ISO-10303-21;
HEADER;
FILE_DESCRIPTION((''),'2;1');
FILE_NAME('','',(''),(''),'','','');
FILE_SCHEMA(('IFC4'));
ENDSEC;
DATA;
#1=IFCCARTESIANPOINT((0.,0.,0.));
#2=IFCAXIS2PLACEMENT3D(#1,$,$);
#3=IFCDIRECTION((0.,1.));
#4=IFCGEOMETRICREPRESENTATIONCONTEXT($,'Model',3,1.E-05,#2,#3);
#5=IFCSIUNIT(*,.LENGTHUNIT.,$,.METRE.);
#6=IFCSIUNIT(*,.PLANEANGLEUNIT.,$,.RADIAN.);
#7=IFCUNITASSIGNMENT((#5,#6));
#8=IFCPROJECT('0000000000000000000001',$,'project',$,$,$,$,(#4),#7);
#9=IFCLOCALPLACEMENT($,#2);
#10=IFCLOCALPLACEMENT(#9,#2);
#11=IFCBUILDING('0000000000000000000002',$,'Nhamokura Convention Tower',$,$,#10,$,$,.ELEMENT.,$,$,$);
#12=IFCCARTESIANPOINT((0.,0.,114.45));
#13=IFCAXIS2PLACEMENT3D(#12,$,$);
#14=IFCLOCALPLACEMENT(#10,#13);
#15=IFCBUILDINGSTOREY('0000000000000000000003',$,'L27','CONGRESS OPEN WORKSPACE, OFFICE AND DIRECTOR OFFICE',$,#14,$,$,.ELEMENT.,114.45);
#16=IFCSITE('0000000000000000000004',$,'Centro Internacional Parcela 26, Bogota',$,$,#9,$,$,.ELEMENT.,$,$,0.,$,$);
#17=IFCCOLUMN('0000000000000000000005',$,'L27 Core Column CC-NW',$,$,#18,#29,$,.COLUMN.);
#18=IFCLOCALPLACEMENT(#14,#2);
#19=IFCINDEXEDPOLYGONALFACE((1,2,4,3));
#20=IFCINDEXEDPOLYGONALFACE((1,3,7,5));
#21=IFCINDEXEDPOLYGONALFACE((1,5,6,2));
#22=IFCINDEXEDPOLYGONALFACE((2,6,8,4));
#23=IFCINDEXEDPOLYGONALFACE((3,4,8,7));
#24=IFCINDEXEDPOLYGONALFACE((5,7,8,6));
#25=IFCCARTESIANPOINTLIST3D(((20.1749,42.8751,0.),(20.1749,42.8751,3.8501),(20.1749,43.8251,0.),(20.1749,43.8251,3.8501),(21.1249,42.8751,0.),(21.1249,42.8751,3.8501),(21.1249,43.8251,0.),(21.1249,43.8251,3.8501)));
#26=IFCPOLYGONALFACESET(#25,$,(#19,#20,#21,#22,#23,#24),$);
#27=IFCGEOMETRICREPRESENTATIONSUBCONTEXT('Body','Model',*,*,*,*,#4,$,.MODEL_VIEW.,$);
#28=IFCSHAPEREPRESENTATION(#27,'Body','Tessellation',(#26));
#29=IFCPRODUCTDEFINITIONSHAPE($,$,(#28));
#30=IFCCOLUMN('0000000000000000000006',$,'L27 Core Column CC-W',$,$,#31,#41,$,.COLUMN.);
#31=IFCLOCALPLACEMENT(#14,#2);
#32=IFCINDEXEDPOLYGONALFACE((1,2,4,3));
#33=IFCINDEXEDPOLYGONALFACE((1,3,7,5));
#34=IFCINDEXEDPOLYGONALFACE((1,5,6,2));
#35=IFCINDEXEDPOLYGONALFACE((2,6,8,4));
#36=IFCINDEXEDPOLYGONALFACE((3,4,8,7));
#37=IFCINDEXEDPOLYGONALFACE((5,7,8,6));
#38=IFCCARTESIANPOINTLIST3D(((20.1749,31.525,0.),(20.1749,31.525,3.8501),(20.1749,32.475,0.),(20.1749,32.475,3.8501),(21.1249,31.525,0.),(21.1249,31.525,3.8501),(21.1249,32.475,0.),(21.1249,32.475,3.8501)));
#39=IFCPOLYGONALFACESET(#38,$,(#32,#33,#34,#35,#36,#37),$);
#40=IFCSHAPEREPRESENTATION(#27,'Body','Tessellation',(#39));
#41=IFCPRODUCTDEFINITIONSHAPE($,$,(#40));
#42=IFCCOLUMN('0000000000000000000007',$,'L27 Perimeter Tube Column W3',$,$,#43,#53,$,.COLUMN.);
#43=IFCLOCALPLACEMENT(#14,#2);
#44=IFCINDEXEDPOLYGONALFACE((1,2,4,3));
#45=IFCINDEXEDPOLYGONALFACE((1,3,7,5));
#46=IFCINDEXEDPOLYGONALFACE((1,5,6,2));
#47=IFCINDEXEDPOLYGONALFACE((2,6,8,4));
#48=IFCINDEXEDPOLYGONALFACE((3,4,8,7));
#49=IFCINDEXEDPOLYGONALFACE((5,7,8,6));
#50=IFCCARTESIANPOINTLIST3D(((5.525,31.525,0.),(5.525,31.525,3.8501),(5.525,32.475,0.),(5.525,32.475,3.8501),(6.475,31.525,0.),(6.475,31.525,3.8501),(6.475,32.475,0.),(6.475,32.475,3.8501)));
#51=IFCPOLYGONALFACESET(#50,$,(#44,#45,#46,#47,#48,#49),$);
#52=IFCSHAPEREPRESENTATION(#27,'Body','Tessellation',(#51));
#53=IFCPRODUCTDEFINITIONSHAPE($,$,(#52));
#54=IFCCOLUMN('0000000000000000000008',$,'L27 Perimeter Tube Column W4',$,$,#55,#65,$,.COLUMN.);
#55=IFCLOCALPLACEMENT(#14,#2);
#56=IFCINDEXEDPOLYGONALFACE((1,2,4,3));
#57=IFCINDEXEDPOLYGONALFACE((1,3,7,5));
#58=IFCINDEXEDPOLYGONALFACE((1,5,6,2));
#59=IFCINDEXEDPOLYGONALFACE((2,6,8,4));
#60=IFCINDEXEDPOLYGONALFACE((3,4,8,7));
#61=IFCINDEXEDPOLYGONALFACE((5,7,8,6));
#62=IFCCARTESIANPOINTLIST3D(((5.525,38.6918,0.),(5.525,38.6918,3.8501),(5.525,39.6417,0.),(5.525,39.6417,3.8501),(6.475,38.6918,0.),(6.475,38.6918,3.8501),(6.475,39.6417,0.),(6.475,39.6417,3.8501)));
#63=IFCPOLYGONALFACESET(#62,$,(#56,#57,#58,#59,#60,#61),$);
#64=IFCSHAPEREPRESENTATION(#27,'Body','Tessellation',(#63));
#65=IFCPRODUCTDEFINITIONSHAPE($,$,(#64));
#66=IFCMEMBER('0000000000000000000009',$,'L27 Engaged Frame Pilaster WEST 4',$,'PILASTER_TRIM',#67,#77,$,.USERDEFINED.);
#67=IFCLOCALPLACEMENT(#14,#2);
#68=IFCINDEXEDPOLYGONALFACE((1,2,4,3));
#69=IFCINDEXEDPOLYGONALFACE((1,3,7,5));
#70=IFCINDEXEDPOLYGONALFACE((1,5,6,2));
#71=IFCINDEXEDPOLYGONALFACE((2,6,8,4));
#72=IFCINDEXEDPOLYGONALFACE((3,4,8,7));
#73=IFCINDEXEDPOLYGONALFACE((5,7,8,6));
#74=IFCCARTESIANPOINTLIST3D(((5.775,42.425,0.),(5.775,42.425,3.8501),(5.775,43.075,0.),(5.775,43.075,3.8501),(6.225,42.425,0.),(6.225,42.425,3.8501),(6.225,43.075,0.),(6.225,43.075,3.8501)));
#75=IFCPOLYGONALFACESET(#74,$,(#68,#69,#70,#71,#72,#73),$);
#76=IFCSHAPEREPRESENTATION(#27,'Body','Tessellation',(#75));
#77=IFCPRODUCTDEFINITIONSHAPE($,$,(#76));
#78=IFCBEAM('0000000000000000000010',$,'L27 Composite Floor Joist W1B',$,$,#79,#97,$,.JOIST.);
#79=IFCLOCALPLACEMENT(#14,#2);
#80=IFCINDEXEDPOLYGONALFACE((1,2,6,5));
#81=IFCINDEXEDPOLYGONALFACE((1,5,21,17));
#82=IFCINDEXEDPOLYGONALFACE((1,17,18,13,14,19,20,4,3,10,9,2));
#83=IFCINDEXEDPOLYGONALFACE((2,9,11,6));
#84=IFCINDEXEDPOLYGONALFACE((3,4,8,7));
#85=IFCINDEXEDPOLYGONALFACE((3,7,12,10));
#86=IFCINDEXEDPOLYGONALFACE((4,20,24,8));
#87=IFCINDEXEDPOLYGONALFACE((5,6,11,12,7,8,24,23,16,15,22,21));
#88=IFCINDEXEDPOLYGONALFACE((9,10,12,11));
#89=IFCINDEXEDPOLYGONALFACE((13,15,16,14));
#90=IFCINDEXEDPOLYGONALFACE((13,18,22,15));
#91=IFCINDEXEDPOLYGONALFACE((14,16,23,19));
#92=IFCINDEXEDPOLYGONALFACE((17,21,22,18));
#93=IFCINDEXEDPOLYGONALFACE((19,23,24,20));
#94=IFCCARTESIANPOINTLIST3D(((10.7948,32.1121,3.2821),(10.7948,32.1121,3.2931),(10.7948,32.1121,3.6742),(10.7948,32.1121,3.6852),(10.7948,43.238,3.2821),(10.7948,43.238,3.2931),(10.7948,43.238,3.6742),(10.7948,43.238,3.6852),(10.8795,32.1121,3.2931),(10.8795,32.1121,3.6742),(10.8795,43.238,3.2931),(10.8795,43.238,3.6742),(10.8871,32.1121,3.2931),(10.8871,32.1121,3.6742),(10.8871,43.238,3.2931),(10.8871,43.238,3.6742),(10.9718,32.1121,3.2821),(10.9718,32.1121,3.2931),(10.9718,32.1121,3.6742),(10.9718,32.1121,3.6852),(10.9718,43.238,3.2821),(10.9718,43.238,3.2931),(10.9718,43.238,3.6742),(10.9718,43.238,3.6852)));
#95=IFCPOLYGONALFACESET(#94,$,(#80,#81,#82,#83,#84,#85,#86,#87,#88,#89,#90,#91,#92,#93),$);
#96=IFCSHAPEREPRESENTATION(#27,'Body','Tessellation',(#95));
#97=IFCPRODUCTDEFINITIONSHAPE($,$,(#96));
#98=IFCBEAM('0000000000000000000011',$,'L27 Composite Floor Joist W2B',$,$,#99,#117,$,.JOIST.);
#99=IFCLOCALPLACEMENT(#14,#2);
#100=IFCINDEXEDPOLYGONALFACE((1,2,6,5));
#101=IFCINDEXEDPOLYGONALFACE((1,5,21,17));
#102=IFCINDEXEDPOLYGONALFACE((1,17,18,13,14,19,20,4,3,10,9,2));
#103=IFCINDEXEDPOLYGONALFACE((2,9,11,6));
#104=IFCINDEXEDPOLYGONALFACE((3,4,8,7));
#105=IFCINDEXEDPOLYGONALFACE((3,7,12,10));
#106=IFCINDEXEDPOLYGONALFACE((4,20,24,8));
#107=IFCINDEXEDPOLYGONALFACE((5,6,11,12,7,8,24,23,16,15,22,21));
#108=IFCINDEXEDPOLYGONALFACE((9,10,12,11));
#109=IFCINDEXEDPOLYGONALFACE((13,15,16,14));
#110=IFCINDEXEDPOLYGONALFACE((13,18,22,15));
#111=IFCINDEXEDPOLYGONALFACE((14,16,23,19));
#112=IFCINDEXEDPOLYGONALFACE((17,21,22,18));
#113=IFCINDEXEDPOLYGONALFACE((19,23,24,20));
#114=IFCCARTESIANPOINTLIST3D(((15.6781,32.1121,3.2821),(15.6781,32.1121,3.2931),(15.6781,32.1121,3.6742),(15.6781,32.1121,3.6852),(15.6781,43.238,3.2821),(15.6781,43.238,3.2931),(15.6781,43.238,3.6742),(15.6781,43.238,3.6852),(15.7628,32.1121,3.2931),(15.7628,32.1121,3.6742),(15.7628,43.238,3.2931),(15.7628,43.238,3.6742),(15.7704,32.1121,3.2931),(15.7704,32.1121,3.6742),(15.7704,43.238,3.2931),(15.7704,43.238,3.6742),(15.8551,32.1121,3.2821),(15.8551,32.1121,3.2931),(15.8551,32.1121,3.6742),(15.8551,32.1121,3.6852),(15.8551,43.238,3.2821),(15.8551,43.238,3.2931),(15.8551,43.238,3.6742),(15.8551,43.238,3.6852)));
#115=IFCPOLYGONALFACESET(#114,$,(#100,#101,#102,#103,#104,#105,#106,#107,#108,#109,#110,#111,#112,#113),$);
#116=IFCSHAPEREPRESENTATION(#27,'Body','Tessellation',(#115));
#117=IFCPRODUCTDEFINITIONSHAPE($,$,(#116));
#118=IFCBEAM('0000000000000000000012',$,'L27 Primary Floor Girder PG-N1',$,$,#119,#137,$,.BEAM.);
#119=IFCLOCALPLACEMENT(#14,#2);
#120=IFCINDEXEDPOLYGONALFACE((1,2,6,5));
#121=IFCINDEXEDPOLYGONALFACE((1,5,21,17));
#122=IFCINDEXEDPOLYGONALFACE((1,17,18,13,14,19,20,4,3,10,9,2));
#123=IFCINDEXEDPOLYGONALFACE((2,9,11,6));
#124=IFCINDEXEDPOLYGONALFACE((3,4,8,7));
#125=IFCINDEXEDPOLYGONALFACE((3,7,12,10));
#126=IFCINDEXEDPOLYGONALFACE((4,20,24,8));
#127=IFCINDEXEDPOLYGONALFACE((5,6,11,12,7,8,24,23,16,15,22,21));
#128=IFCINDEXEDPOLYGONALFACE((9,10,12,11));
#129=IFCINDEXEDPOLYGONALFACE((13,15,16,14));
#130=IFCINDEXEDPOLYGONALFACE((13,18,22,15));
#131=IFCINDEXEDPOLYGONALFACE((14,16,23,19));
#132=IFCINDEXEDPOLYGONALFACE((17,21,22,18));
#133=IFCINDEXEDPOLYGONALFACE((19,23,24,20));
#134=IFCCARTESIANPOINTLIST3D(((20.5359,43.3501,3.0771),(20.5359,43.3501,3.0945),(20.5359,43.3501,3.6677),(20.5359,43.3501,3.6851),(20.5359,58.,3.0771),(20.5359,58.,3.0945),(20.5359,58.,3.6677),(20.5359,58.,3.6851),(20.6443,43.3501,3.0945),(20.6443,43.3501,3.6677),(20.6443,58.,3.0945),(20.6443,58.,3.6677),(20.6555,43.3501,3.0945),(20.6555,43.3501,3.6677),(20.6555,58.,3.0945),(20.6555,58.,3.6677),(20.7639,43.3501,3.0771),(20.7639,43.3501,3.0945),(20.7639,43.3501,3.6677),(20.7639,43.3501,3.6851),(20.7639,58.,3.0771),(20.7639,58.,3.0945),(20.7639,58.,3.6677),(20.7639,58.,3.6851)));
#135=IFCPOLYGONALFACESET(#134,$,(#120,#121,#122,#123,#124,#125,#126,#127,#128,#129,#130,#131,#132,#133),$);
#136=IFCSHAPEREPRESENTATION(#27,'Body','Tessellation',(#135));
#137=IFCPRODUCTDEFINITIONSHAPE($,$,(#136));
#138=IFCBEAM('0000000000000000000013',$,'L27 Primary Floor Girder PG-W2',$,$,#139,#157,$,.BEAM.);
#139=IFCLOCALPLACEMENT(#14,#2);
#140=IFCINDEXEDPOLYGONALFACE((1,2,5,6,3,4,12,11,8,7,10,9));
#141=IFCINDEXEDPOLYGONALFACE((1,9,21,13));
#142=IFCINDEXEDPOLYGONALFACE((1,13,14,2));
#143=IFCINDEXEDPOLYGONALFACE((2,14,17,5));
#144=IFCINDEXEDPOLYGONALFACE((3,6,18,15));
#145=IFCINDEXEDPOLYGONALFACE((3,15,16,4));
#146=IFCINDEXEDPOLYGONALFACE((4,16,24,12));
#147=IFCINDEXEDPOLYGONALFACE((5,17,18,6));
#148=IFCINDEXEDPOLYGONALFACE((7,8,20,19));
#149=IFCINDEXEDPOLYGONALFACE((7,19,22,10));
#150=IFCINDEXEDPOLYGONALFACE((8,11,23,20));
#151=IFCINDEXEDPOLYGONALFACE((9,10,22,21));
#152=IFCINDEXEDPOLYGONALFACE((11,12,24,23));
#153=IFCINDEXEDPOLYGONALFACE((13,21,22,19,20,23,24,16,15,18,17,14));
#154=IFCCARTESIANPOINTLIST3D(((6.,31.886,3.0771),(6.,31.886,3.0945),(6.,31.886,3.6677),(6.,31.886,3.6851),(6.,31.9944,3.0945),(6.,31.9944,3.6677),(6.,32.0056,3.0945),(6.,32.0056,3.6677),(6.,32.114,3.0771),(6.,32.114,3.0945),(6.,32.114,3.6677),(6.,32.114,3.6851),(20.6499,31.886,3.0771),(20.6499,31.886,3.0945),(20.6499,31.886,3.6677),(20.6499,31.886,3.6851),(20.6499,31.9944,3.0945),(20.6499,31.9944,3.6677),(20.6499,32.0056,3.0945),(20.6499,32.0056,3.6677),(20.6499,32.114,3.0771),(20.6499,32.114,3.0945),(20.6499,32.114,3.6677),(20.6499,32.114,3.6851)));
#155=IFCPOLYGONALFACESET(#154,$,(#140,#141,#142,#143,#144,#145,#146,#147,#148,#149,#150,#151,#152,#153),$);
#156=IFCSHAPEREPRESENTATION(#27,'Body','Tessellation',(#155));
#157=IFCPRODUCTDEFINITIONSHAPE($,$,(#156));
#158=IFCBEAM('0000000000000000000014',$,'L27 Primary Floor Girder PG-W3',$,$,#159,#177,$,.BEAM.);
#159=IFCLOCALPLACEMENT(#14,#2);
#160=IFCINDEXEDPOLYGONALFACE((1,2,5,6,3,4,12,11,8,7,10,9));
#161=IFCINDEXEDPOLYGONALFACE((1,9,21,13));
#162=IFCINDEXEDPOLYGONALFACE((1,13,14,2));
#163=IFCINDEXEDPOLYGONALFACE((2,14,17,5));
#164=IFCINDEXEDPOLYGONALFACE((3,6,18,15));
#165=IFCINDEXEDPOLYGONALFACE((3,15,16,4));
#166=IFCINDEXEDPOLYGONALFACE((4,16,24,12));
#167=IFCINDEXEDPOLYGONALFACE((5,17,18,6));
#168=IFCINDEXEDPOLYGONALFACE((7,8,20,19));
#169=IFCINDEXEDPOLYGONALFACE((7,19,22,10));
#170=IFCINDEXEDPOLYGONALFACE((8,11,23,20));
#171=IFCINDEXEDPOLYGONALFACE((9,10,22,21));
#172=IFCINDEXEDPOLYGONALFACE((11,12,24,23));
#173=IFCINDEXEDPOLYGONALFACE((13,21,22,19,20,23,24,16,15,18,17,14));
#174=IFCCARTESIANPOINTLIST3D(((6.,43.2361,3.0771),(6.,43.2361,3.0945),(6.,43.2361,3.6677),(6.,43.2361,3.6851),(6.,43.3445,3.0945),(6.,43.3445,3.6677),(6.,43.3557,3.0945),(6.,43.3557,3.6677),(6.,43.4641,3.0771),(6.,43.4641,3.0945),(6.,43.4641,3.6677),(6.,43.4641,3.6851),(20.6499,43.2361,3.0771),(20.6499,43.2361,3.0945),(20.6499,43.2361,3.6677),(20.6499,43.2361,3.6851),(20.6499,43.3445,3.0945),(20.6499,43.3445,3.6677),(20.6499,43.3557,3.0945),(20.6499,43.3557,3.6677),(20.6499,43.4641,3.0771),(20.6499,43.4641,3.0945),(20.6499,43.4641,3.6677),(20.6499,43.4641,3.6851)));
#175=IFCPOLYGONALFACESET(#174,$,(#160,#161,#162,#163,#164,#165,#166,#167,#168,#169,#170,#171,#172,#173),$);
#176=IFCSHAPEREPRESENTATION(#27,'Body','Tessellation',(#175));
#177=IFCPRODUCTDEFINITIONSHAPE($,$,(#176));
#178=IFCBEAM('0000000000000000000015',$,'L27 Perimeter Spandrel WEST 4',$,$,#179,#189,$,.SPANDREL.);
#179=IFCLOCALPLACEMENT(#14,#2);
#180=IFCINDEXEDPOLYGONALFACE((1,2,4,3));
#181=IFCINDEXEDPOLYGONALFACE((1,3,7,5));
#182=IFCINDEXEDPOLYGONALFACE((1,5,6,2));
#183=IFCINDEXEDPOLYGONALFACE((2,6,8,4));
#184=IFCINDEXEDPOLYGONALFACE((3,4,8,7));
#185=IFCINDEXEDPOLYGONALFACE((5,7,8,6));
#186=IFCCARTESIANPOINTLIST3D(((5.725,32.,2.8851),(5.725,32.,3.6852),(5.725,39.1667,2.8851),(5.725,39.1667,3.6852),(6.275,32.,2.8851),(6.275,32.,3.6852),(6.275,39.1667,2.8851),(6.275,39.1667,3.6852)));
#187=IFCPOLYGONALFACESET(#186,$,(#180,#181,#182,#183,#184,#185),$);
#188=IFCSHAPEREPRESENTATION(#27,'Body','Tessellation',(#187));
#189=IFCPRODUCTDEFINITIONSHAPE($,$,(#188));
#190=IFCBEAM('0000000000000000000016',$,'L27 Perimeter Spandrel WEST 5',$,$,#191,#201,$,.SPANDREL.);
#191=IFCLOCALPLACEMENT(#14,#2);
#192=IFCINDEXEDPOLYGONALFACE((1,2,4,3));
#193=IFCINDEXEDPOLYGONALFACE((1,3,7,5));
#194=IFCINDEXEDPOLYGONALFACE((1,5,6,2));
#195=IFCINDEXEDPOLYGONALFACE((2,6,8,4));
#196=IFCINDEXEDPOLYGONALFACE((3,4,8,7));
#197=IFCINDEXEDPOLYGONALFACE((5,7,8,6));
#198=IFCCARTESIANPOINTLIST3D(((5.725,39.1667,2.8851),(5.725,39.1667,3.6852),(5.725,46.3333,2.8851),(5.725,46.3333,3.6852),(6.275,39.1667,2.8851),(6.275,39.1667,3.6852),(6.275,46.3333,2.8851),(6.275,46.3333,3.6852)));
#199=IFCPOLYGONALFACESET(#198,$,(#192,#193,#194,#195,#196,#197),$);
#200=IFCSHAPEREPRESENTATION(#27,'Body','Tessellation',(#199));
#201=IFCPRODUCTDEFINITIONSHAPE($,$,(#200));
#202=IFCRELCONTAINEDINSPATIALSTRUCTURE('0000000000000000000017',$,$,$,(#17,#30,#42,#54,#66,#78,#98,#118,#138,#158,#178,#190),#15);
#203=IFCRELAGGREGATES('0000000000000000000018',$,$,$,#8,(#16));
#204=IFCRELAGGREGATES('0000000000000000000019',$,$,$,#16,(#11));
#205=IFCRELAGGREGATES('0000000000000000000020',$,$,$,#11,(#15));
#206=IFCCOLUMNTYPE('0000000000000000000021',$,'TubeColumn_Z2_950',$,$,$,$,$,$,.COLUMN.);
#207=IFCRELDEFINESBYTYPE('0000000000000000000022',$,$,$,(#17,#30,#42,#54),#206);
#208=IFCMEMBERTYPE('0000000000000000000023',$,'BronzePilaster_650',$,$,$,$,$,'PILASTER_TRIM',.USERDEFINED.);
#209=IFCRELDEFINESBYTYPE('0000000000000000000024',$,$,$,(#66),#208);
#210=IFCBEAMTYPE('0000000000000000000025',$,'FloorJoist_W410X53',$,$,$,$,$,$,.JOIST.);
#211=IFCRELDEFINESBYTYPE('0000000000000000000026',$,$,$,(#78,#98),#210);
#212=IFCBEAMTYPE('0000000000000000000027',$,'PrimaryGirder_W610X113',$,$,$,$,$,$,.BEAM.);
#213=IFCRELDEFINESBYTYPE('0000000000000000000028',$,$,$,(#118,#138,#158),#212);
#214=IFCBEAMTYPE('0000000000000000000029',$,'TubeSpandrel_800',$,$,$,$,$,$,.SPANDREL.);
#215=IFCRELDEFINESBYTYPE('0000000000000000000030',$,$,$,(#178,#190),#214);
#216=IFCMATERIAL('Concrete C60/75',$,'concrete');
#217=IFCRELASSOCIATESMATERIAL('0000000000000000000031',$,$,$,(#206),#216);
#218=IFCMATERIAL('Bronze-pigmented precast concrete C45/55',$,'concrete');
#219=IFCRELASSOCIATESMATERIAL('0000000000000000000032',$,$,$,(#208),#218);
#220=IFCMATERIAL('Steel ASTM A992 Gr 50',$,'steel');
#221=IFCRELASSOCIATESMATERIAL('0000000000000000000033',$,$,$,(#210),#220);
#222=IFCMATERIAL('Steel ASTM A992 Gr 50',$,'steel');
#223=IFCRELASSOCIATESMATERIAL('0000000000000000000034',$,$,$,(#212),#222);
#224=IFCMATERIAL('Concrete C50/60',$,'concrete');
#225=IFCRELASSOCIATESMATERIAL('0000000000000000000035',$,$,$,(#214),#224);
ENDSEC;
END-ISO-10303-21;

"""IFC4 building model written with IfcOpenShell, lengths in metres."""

from ifc_helpers import new_model, si_unit, direction, frame, origin, origin_2d, place, context, subcontext, project, spatial, rectangle, i_section, extrude, material, material_profile, profile_set, type_object, element, save


model = new_model("IFC4")

# Units and contexts
model_context = context("Model", 3, precision=1e-05, world=origin(), true_north=direction((0.0, 1.0)))
body_context = subcontext(model_context, "Body", "Model", "MODEL_VIEW")
ifc_project = project(units=[si_unit("LENGTHUNIT", "METRE"), si_unit("PLANEANGLEUNIT", "RADIAN")], contexts=[model_context])

# Site, building, storey
site_placement = place(None, origin())
site = spatial("IfcSite", under=ifc_project, at=site_placement, Name="Centro Internacional Parcela 26, Bogota", CompositionType="ELEMENT", RefElevation=0.0)
building_placement = place(site_placement, origin())
building = spatial("IfcBuilding", under=site, at=building_placement, Name="Nhamokura Convention Tower", CompositionType="ELEMENT")
storey_placement = place(building_placement, frame((0.0, 0.0, 114.45)))
storey = spatial("IfcBuildingStorey", under=building, at=storey_placement, Name="L27", Description="CONGRESS OPEN WORKSPACE, OFFICE AND DIRECTOR OFFICE", CompositionType="ELEMENT", Elevation=114.45)

# Columns
ifc_material_1 = material(Name="Concrete C60/75", Category="concrete")
ifc_material_profile_1 = material_profile(ifc_material_1, rectangle(XDim=0.95, YDim=0.95, at=origin_2d()))
ifc_profile_set_1 = profile_set([ifc_material_profile_1], Name="Concrete C60/75")
column_type = type_object("IfcColumnType", Name="TubeColumn_Z2_950", PredefinedType="COLUMN", material=ifc_profile_set_1)
for number, where, z_axis, x_axis, name in (
    (1, (20.6499, 43.3501, 0.0), (0.0, 0.0, 1.0), (1.0, 0.0, 0.0), "L27 Core Column CC-NW"),
    (2, (20.6499, 32.0, 0.0), (0.0, 0.0, 1.0), (1.0, 0.0, 0.0), "L27 Core Column CC-W"),
    (3, (6.0, 32.0, 0.0), (0.0, 0.0, 1.0), (1.0, 0.0, 0.0), "L27 Perimeter Tube Column W3"),
    (4, (6.0, 39.1667, 0.0), (0.0, 0.0, 1.0), (1.0, 0.0, 0.0), "L27 Perimeter Tube Column W4"),
):
    element("IfcColumn", number, at=place(storey_placement, frame(where, z_axis=z_axis, x_axis=x_axis)), inside=storey, type_object=column_type, Name=name, PredefinedType="COLUMN", context=body_context, shape_type="SweptSolid", body=[
        extrude(rectangle(XDim=0.95, YDim=0.95, at=origin_2d()), origin(), (0.0, 0.0, 1.0), 3.8501),
    ])

# Member
ifc_material_2 = material(Name="Bronze-pigmented precast concrete C45/55", Category="concrete")
ifc_material_profile_2 = material_profile(ifc_material_2, rectangle(XDim=0.45, YDim=0.6499, at=origin_2d()))
ifc_profile_set_2 = profile_set([ifc_material_profile_2], Name="Bronze-pigmented precast concrete C45/55")
member_type = type_object("IfcMemberType", Name="BronzePilaster_650", ElementType="PILASTER_TRIM", PredefinedType="USERDEFINED", material=ifc_profile_set_2)
member_placement = place(storey_placement, frame((6.0, 42.75, 0.0), z_axis=(0.0, 0.0, 1.0), x_axis=(1.0, 0.0, 0.0)))
element("IfcMember", 5, at=member_placement, inside=storey, type_object=member_type, Name="L27 Engaged Frame Pilaster WEST 4", ObjectType="PILASTER_TRIM", PredefinedType="USERDEFINED", context=body_context, shape_type="SweptSolid", body=[
    extrude(rectangle(XDim=0.45, YDim=0.6499, at=origin_2d()), origin(), (0.0, 0.0, 1.0), 3.8501),
])

# Beams
ifc_material_3 = material(Name="Steel ASTM A992 Gr 50", Category="steel")
ifc_material_profile_3 = material_profile(ifc_material_3, i_section(OverallWidth=0.177, OverallDepth=0.4031, WebThickness=0.0076, FlangeThickness=0.011, at=origin_2d()))
ifc_profile_set_3 = profile_set([ifc_material_profile_3], Name="Steel ASTM A992 Gr 50")
beam_type_1 = type_object("IfcBeamType", Name="FloorJoist_W410X53", PredefinedType="JOIST", material=ifc_profile_set_3)
for number, where, z_axis, x_axis, name in (
    (6, (10.8833, 32.1121, 3.4836), (0.0, 1.0, 0.0), (-1.0, 0.0, 0.0), "L27 Composite Floor Joist W1B"),
    (7, (15.7666, 32.1121, 3.4836), (0.0, 1.0, 0.0), (-1.0, 0.0, 0.0), "L27 Composite Floor Joist W2B"),
):
    element("IfcBeam", number, at=place(storey_placement, frame(where, z_axis=z_axis, x_axis=x_axis)), inside=storey, type_object=beam_type_1, Name=name, PredefinedType="JOIST", context=body_context, shape_type="SweptSolid", body=[
        extrude(i_section(OverallWidth=0.177, OverallDepth=0.4031, WebThickness=0.0076, FlangeThickness=0.011, at=origin_2d()), origin(), (0.0, 0.0, 1.0), 11.126),
    ])
ifc_material_4 = material(Name="Steel ASTM A992 Gr 50", Category="steel")
ifc_material_profile_4 = material_profile(ifc_material_4, i_section(OverallWidth=0.228, OverallDepth=0.6079, WebThickness=0.0112, FlangeThickness=0.0173, at=origin_2d()))
ifc_profile_set_4 = profile_set([ifc_material_profile_4], Name="Steel ASTM A992 Gr 50")
beam_type_2 = type_object("IfcBeamType", Name="PrimaryGirder_W610X113", PredefinedType="BEAM", material=ifc_profile_set_4)
for number, where, z_axis, x_axis, name in (
    (8, (20.6499, 43.3501, 3.3811), (0.0, 1.0, 0.0), (-1.0, 0.0, 0.0), "L27 Primary Floor Girder PG-N1"),
    (9, (6.0, 32.0, 3.3811), (1.0, 0.0, 0.0), (0.0, 1.0, 0.0), "L27 Primary Floor Girder PG-W2"),
    (10, (6.0, 43.3501, 3.3811), (1.0, 0.0, 0.0), (0.0, 1.0, 0.0), "L27 Primary Floor Girder PG-W3"),
):
    element("IfcBeam", number, at=place(storey_placement, frame(where, z_axis=z_axis, x_axis=x_axis)), inside=storey, type_object=beam_type_2, Name=name, PredefinedType="BEAM", context=body_context, shape_type="SweptSolid", body=[
        extrude(i_section(OverallWidth=0.228, OverallDepth=0.6079, WebThickness=0.0112, FlangeThickness=0.0173, at=origin_2d()), origin(), (0.0, 0.0, 1.0), 14.6499),
    ])
ifc_material_5 = material(Name="Concrete C50/60", Category="concrete")
ifc_material_profile_5 = material_profile(ifc_material_5, rectangle(XDim=0.55, YDim=0.8, at=origin_2d()))
ifc_profile_set_5 = profile_set([ifc_material_profile_5], Name="Concrete C50/60")
beam_type_3 = type_object("IfcBeamType", Name="TubeSpandrel_800", PredefinedType="SPANDREL", material=ifc_profile_set_5)
beam_1_placement = place(storey_placement, frame((6.0, 32.0, 3.2852), z_axis=(0.0, 1.0, 0.0), x_axis=(-1.0, 0.0, 0.0)))
element("IfcBeam", 11, at=beam_1_placement, inside=storey, type_object=beam_type_3, Name="L27 Perimeter Spandrel WEST 4", PredefinedType="SPANDREL", context=body_context, shape_type="SweptSolid", body=[
    extrude(rectangle(XDim=0.55, YDim=0.8, at=origin_2d()), origin(), (0.0, 0.0, 1.0), 7.1667),
])
beam_2_placement = place(storey_placement, frame((6.0, 39.1667, 3.2852), z_axis=(0.0, 1.0, 0.0), x_axis=(-1.0, 0.0, 0.0)))
element("IfcBeam", 12, at=beam_2_placement, inside=storey, type_object=beam_type_3, Name="L27 Perimeter Spandrel WEST 5", PredefinedType="SPANDREL", context=body_context, shape_type="SweptSolid", body=[
    extrude(rectangle(XDim=0.55, YDim=0.8, at=origin_2d()), origin(), (0.0, 0.0, 1.0), 7.1665),
])

save(model, "model.ifc")
